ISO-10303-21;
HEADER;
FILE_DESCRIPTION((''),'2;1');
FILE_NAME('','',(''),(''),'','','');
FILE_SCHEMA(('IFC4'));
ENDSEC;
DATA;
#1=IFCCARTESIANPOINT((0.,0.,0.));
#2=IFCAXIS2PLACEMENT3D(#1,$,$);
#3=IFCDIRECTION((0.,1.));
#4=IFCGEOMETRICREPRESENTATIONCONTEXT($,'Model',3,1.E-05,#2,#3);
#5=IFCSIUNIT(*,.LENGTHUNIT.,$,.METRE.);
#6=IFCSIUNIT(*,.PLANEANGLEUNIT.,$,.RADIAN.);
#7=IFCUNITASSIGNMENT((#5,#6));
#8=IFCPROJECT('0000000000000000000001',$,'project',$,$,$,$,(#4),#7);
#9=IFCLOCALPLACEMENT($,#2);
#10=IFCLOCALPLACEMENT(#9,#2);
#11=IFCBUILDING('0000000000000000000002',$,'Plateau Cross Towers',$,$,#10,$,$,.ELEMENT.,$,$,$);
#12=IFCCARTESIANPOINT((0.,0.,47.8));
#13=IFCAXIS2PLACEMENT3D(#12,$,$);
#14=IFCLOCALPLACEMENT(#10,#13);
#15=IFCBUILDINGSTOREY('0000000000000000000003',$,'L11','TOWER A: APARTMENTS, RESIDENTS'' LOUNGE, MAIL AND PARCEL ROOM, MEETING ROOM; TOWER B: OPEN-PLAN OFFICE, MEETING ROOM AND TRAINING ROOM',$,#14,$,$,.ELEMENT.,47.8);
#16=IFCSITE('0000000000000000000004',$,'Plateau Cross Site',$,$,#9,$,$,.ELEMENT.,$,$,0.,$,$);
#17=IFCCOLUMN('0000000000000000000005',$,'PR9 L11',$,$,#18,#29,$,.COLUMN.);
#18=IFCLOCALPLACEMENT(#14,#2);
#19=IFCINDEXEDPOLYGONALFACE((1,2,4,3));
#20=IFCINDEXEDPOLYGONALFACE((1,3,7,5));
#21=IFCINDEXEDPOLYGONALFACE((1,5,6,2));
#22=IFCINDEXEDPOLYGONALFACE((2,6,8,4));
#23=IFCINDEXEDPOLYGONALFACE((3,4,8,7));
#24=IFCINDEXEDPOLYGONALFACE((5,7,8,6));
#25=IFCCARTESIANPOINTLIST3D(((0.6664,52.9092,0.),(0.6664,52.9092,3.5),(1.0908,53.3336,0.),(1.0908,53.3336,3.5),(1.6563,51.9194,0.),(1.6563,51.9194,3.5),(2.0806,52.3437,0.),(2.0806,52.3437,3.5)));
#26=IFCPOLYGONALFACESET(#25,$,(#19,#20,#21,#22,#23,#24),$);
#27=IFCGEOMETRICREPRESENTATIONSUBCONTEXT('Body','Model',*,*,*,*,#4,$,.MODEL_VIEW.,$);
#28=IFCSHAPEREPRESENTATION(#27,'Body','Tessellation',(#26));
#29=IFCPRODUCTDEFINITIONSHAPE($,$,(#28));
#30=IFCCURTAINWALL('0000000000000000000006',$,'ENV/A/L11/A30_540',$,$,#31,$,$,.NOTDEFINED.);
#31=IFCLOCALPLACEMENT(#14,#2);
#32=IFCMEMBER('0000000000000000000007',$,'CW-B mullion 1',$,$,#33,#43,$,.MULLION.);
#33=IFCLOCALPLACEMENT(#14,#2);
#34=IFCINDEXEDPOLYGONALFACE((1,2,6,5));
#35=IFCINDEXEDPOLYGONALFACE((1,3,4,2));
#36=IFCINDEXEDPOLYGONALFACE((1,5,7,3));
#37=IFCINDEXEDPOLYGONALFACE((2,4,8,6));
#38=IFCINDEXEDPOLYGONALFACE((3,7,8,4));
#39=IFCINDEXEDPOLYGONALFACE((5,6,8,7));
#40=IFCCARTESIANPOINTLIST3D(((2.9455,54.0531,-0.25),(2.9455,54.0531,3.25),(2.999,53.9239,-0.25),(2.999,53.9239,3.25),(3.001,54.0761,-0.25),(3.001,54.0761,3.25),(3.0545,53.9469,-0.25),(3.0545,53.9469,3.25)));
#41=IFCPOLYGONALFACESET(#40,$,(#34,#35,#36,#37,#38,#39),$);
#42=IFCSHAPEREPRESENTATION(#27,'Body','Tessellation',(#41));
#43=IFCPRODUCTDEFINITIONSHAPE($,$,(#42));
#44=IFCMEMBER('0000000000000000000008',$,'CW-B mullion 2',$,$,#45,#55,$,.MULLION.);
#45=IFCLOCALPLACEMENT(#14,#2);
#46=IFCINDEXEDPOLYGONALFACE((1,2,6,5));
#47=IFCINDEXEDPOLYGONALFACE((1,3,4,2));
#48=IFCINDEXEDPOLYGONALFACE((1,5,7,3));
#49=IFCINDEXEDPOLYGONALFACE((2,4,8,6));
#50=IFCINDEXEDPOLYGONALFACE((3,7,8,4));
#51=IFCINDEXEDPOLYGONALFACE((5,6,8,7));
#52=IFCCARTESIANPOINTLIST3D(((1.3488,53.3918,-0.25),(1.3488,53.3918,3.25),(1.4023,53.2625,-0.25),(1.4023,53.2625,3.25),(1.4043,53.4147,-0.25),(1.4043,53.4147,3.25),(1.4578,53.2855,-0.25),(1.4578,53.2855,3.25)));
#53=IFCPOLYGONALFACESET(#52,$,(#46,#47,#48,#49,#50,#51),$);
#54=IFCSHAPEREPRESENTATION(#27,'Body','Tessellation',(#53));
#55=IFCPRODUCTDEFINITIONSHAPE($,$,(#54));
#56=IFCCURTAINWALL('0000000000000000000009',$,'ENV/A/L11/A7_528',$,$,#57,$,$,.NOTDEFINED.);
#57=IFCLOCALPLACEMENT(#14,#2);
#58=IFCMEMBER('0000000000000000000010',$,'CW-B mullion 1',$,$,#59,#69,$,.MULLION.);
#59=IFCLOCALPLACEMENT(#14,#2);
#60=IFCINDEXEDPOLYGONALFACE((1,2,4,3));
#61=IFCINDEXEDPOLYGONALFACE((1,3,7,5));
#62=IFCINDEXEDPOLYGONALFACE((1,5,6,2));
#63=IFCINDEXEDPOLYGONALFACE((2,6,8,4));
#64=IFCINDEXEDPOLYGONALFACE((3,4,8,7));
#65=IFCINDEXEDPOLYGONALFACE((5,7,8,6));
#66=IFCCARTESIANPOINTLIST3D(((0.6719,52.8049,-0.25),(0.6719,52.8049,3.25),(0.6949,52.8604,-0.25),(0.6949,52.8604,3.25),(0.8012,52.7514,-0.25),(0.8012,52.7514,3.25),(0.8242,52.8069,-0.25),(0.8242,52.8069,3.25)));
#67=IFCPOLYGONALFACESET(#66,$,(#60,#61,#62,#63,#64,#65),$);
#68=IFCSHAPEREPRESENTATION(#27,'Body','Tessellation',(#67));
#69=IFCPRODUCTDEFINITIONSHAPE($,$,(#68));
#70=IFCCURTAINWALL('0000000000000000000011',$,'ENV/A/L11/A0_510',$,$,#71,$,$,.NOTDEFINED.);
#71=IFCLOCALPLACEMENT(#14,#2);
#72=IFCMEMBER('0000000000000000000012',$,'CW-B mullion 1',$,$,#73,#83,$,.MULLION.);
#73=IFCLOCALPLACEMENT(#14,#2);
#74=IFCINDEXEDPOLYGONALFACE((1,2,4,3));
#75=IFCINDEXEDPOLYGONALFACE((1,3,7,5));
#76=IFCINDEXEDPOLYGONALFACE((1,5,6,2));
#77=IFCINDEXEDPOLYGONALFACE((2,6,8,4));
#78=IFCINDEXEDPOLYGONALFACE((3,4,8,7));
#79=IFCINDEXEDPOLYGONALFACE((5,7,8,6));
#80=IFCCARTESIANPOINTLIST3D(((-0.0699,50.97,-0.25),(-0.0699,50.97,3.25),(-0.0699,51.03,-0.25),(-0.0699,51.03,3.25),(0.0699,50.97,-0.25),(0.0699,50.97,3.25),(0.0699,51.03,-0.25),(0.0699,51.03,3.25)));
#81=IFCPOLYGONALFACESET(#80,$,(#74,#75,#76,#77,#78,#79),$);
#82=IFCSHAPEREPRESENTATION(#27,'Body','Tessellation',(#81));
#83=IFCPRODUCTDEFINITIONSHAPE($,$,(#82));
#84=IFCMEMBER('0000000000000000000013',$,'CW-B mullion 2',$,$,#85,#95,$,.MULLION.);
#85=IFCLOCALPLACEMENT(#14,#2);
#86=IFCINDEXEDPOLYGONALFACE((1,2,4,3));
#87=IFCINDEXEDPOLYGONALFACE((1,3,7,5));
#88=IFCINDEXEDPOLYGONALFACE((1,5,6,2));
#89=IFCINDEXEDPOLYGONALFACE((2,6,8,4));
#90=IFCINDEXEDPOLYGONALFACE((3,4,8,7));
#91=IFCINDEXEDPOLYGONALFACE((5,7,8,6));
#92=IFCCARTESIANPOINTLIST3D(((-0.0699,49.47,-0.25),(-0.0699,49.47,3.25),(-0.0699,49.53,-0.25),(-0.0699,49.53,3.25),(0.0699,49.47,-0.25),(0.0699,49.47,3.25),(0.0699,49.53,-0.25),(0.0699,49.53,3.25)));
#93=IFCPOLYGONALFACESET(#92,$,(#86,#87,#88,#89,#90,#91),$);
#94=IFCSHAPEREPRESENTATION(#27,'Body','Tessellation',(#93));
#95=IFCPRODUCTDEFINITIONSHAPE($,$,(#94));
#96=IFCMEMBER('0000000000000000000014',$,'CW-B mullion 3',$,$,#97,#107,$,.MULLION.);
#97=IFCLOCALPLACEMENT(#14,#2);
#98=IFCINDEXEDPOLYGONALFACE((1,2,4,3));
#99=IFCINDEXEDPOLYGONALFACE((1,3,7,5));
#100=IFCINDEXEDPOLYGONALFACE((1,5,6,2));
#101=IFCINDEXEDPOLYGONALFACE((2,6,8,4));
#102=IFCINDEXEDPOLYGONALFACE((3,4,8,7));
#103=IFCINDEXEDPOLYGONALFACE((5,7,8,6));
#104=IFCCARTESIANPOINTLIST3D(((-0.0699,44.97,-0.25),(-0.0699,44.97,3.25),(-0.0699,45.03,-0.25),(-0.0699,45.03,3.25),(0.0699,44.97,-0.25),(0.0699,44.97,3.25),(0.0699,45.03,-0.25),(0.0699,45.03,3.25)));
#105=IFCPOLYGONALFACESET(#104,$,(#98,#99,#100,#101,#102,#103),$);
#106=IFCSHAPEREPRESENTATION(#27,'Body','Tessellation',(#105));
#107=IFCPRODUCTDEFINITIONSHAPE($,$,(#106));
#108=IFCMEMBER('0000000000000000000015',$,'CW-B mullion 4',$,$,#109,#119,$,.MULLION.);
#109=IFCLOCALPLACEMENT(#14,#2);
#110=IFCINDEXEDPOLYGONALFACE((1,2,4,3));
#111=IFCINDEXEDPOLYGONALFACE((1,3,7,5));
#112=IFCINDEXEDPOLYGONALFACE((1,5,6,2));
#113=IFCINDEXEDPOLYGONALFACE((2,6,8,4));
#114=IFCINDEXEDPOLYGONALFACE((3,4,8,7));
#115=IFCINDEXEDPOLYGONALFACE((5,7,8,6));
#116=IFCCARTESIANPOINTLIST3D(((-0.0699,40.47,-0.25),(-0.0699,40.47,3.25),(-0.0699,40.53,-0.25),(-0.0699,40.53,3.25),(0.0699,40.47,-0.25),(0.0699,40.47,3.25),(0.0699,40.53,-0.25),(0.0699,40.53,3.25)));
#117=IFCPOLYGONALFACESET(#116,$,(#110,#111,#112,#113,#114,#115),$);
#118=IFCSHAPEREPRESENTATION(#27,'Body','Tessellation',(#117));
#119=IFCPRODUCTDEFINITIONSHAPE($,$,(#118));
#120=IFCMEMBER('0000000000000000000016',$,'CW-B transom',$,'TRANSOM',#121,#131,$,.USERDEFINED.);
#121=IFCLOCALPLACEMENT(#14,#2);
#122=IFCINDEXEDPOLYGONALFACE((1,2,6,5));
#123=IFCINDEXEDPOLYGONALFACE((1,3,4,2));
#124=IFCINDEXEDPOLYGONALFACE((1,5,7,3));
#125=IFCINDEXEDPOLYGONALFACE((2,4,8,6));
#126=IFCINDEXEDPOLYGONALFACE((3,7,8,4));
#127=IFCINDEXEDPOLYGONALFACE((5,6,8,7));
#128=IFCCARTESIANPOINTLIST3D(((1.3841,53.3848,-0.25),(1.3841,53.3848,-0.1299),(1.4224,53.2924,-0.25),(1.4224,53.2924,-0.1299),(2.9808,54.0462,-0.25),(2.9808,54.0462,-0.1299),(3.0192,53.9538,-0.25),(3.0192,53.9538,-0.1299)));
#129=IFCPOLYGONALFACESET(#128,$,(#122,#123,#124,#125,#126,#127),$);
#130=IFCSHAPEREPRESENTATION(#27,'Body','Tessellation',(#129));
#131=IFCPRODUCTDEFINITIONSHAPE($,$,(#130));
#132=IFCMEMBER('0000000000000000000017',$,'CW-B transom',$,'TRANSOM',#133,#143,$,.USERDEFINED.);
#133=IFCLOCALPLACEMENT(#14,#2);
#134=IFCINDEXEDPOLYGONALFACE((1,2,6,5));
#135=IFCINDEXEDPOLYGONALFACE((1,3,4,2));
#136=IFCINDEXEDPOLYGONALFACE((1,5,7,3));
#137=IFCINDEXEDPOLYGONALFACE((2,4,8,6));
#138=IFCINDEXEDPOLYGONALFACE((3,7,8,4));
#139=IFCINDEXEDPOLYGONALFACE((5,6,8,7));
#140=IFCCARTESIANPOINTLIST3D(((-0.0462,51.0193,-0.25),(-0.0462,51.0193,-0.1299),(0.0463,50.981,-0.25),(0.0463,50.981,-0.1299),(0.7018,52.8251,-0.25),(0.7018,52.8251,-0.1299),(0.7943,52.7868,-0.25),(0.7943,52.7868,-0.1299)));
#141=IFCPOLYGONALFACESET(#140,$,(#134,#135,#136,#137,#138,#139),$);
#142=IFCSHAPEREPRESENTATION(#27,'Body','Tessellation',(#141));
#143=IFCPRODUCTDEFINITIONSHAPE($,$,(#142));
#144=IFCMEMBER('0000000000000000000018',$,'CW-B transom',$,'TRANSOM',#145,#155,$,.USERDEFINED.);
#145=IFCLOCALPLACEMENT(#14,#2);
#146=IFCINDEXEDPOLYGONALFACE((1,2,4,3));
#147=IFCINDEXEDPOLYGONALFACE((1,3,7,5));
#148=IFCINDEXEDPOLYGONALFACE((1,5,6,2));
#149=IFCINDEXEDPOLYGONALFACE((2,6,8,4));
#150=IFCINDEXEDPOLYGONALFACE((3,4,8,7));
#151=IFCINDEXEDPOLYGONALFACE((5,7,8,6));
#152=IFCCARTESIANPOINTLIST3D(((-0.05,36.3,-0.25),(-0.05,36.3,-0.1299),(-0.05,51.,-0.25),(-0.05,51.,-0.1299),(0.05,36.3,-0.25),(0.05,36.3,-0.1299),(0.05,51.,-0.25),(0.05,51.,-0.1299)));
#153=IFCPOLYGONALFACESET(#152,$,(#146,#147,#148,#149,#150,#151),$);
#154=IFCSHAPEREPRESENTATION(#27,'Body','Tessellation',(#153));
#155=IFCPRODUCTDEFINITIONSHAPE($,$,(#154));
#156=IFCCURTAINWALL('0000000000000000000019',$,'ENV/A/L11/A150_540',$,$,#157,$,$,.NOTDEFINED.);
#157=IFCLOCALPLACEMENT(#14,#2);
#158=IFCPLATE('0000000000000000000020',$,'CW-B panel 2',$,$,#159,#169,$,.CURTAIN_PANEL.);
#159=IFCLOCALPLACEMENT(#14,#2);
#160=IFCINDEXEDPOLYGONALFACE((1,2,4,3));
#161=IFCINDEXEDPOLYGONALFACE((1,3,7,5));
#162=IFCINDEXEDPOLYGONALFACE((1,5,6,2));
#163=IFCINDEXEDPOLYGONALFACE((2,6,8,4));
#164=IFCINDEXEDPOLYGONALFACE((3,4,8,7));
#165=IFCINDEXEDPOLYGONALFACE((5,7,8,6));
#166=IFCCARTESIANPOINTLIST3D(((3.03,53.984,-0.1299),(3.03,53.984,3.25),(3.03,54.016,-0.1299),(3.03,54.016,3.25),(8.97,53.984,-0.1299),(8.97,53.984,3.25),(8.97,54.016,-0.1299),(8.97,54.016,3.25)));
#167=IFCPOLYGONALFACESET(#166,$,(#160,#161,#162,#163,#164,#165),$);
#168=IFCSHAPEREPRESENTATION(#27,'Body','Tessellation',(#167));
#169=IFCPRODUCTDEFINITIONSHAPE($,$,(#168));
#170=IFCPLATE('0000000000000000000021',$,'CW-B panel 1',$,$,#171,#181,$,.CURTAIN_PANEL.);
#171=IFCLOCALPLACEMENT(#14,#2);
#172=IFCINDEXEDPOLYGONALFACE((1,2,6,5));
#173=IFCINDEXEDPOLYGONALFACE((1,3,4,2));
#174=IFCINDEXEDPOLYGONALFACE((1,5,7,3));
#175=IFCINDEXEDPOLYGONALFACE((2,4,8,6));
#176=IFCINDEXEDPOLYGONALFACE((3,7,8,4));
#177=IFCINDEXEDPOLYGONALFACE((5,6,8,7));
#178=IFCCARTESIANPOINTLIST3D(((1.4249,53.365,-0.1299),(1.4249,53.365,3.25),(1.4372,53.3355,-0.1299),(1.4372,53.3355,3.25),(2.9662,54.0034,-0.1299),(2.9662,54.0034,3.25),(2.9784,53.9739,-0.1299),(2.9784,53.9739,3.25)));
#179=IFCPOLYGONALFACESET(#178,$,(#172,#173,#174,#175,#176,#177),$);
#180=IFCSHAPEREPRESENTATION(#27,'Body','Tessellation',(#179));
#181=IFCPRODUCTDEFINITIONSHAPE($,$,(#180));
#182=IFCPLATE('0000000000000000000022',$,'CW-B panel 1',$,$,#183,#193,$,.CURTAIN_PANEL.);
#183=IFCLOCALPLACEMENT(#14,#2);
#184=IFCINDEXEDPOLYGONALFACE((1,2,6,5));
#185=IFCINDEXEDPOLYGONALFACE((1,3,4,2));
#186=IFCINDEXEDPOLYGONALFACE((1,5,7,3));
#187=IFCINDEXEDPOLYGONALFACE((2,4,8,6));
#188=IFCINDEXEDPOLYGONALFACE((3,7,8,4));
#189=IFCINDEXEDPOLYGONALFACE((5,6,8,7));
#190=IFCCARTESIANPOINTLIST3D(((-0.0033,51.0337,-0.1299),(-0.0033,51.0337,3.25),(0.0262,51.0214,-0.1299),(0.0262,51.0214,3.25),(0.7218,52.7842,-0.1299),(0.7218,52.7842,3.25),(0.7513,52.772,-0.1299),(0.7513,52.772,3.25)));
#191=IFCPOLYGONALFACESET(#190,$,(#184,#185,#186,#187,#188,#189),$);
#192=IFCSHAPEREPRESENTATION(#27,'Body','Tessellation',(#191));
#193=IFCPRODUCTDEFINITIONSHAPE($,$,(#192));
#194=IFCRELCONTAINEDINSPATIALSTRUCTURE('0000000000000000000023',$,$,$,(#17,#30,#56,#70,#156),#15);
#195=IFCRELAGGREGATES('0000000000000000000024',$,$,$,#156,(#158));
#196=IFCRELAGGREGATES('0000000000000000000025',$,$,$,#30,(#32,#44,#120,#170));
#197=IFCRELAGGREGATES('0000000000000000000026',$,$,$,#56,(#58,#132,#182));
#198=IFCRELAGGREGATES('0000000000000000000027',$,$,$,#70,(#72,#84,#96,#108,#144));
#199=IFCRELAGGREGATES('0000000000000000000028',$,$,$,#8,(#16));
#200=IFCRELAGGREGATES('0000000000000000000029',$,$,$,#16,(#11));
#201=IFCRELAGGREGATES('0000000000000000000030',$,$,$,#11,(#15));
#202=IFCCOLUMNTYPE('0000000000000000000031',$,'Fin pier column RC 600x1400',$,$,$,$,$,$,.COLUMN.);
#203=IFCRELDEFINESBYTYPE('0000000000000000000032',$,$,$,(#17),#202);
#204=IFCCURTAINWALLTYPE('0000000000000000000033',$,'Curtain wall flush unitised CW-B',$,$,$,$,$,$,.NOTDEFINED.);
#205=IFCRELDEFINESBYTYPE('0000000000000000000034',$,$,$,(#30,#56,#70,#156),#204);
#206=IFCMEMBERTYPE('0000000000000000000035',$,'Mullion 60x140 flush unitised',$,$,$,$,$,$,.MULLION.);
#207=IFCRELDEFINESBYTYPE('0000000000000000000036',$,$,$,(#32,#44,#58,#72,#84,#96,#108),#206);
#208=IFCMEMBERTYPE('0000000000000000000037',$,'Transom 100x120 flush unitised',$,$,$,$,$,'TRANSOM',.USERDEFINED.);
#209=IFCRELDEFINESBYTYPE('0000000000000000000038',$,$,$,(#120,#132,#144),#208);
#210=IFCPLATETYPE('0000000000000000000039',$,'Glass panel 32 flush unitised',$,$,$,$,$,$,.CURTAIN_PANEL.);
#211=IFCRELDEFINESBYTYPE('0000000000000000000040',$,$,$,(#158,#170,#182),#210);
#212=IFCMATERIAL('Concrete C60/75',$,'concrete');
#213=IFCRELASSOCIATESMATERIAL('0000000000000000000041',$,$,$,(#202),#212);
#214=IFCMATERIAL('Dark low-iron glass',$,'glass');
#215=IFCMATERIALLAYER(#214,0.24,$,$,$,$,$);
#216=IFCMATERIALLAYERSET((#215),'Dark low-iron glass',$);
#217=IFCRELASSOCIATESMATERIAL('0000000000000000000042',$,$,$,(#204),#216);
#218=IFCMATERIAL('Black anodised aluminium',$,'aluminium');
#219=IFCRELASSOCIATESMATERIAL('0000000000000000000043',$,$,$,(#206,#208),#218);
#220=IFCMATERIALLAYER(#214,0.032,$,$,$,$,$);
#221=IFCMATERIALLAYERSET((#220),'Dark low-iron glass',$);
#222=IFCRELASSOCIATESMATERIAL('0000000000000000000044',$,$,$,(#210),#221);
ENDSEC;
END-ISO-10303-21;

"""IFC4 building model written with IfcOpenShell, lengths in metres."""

from ifc_helpers import new_model, si_unit, direction, frame, origin, origin_2d, place, context, subcontext, project, spatial, rectangle, extrude, material, layer, layer_set, material_profile, profile_set, type_object, element, aggregate, save


model = new_model("IFC4")

# Units and contexts
model_context = context("Model", 3, precision=1e-05, world=origin(), true_north=direction((0.0, 1.0)))
body_context = subcontext(model_context, "Body", "Model", "MODEL_VIEW")
ifc_project = project(units=[si_unit("LENGTHUNIT", "METRE"), si_unit("PLANEANGLEUNIT", "RADIAN")], contexts=[model_context])

# Site, building, storey
site_placement = place(None, origin())
site = spatial("IfcSite", under=ifc_project, at=site_placement, Name="Plateau Cross Site", CompositionType="ELEMENT", RefElevation=0.0)
building_placement = place(site_placement, origin())
building = spatial("IfcBuilding", under=site, at=building_placement, Name="Plateau Cross Towers", CompositionType="ELEMENT")
storey_placement = place(building_placement, frame((0.0, 0.0, 47.8)))
storey = spatial("IfcBuildingStorey", under=building, at=storey_placement, Name="L11", Description="TOWER A: APARTMENTS, RESIDENTS' LOUNGE, MAIL AND PARCEL ROOM, MEETING ROOM; TOWER B: OPEN-PLAN OFFICE, MEETING ROOM AND TRAINING ROOM", CompositionType="ELEMENT", Elevation=47.8)

# Column
ifc_material_1 = material(Name="Concrete C60/75", Category="concrete")
ifc_material_profile_1 = material_profile(ifc_material_1, rectangle(XDim=0.6001, YDim=1.3999, at=origin_2d()), Name="RC 600x1400")
ifc_profile_set_1 = profile_set([ifc_material_profile_1], Name="Concrete C60/75")
column_type = type_object("IfcColumnType", Name="Fin pier column RC 600x1400", PredefinedType="COLUMN", material=ifc_profile_set_1)
column_placement = place(storey_placement, frame((1.3735, 52.6265, 0.0), z_axis=(0.0, 0.0, 1.0), x_axis=(0.707107, 0.707107, 0.0)))
element("IfcColumn", 1, at=column_placement, inside=storey, type_object=column_type, Name="PR9 L11", PredefinedType="COLUMN", context=body_context, shape_type="SweptSolid", body=[
    extrude(rectangle(XDim=0.6001, YDim=1.3999, at=origin_2d()), origin(), (0.0, 0.0, 1.0), 3.5),
])

# Curtain wall, members
ifc_material_2 = material(Name="Dark low-iron glass", Category="glass")
ifc_layer_1 = layer(ifc_material_2, 0.24)
ifc_layer_set_1 = layer_set([ifc_layer_1], Name="Dark low-iron glass")
curtain_wall_type = type_object("IfcCurtainWallType", Name="Curtain wall flush unitised CW-B", PredefinedType="NOTDEFINED", material=ifc_layer_set_1)
curtain_wall_1_placement = place(storey_placement, origin())
curtain_wall_1 = element("IfcCurtainWall", 2, at=curtain_wall_1_placement, inside=storey, type_object=curtain_wall_type, Name="ENV/A/L11/A30_540", PredefinedType="NOTDEFINED")
ifc_material_3 = material(Name="Black anodised aluminium", Category="aluminium")
ifc_material_profile_2 = material_profile(ifc_material_3, rectangle(XDim=0.0601, YDim=0.1399, at=origin_2d()), Name="MULLION 60x140")
ifc_profile_set_2 = profile_set([ifc_material_profile_2], Name="Black anodised aluminium")
member_type_1 = type_object("IfcMemberType", Name="Mullion 60x140 flush unitised", PredefinedType="MULLION", material=ifc_profile_set_2)
member_1_placement = place(storey_placement, frame((3.0, 54.0, -0.25), z_axis=(0.0, 0.0, 1.0), x_axis=(-0.923879, -0.382684, 0.0)))
member_1 = element("IfcMember", 3, at=member_1_placement, type_object=member_type_1, Name="CW-B mullion 1", PredefinedType="MULLION", context=body_context, shape_type="SweptSolid", body=[
    extrude(rectangle(XDim=0.0601, YDim=0.1399, at=origin_2d()), origin(), (0.0, 0.0, 1.0), 3.5),
])
member_2_placement = place(storey_placement, frame((1.4033, 53.3386, -0.25), z_axis=(0.0, 0.0, 1.0), x_axis=(-0.923879, -0.382684, 0.0)))
member_2 = element("IfcMember", 4, at=member_2_placement, type_object=member_type_1, Name="CW-B mullion 2", PredefinedType="MULLION", context=body_context, shape_type="SweptSolid", body=[
    extrude(rectangle(XDim=0.0601, YDim=0.1399, at=origin_2d()), origin(), (0.0, 0.0, 1.0), 3.5),
])

# Curtain wall, member
curtain_wall_2_placement = place(storey_placement, origin())
curtain_wall_2 = element("IfcCurtainWall", 5, at=curtain_wall_2_placement, inside=storey, type_object=curtain_wall_type, Name="ENV/A/L11/A7_528", PredefinedType="NOTDEFINED")
member_3_placement = place(storey_placement, frame((0.748, 52.8059, -0.25), z_axis=(0.0, 0.0, 1.0), x_axis=(-0.382684, -0.923879, 0.0)))
member_3 = element("IfcMember", 6, at=member_3_placement, type_object=member_type_1, Name="CW-B mullion 1", PredefinedType="MULLION", context=body_context, shape_type="SweptSolid", body=[
    extrude(rectangle(XDim=0.0601, YDim=0.1399, at=origin_2d()), origin(), (0.0, 0.0, 1.0), 3.5),
])

# Curtain wall, members
curtain_wall_3_placement = place(storey_placement, origin())
curtain_wall_3 = element("IfcCurtainWall", 7, at=curtain_wall_3_placement, inside=storey, type_object=curtain_wall_type, Name="ENV/A/L11/A0_510", PredefinedType="NOTDEFINED")
member_4_placement = place(storey_placement, frame((0.0, 51.0, -0.25), z_axis=(0.0, 0.0, 1.0), x_axis=(0.0, -1.0, 0.0)))
member_4 = element("IfcMember", 8, at=member_4_placement, type_object=member_type_1, Name="CW-B mullion 1", PredefinedType="MULLION", context=body_context, shape_type="SweptSolid", body=[
    extrude(rectangle(XDim=0.0601, YDim=0.1399, at=origin_2d()), origin(), (0.0, 0.0, 1.0), 3.5),
])
member_5_placement = place(storey_placement, frame((0.0, 49.5, -0.25), z_axis=(0.0, 0.0, 1.0), x_axis=(0.0, -1.0, 0.0)))
member_5 = element("IfcMember", 9, at=member_5_placement, type_object=member_type_1, Name="CW-B mullion 2", PredefinedType="MULLION", context=body_context, shape_type="SweptSolid", body=[
    extrude(rectangle(XDim=0.0601, YDim=0.1399, at=origin_2d()), origin(), (0.0, 0.0, 1.0), 3.5),
])
member_6_placement = place(storey_placement, frame((0.0, 45.0, -0.25), z_axis=(0.0, 0.0, 1.0), x_axis=(0.0, -1.0, 0.0)))
member_6 = element("IfcMember", 10, at=member_6_placement, type_object=member_type_1, Name="CW-B mullion 3", PredefinedType="MULLION", context=body_context, shape_type="SweptSolid", body=[
    extrude(rectangle(XDim=0.0601, YDim=0.1399, at=origin_2d()), origin(), (0.0, 0.0, 1.0), 3.5),
])
member_7_placement = place(storey_placement, frame((0.0, 40.5, -0.25), z_axis=(0.0, 0.0, 1.0), x_axis=(0.0, -1.0, 0.0)))
member_7 = element("IfcMember", 11, at=member_7_placement, type_object=member_type_1, Name="CW-B mullion 4", PredefinedType="MULLION", context=body_context, shape_type="SweptSolid", body=[
    extrude(rectangle(XDim=0.0601, YDim=0.1399, at=origin_2d()), origin(), (0.0, 0.0, 1.0), 3.5),
])

# Members
ifc_material_profile_3 = material_profile(ifc_material_3, rectangle(XDim=0.1001, YDim=0.1201, at=origin_2d()), Name="TRANSOM 100x120")
ifc_profile_set_3 = profile_set([ifc_material_profile_3], Name="Black anodised aluminium")
member_type_2 = type_object("IfcMemberType", Name="Transom 100x120 flush unitised", ElementType="TRANSOM", PredefinedType="USERDEFINED", material=ifc_profile_set_3)
member_8_placement = place(storey_placement, frame((3.0, 54.0, -0.1899), z_axis=(-0.923877, -0.382689, 0.0), x_axis=(0.382689, -0.923877, 0.0)))
member_8 = element("IfcMember", 12, at=member_8_placement, type_object=member_type_2, Name="CW-B transom", ObjectType="TRANSOM", PredefinedType="USERDEFINED", context=body_context, shape_type="SweptSolid", body=[
    extrude(rectangle(XDim=0.1001, YDim=0.1201, at=origin_2d()), origin(), (0.0, 0.0, 1.0), 1.7283),
])
member_9_placement = place(storey_placement, frame((0.748, 52.8059, -0.1899), z_axis=(-0.38269, -0.923877, 0.0), x_axis=(0.923877, -0.38269, 0.0)))
member_9 = element("IfcMember", 13, at=member_9_placement, type_object=member_type_2, Name="CW-B transom", ObjectType="TRANSOM", PredefinedType="USERDEFINED", context=body_context, shape_type="SweptSolid", body=[
    extrude(rectangle(XDim=0.1001, YDim=0.1201, at=origin_2d()), origin(), (0.0, 0.0, 1.0), 1.9546),
])
member_10_placement = place(storey_placement, frame((0.0, 51.0, -0.1899), z_axis=(0.0, -1.0, 0.0), x_axis=(1.0, 0.0, 0.0)))
member_10 = element("IfcMember", 14, at=member_10_placement, type_object=member_type_2, Name="CW-B transom", ObjectType="TRANSOM", PredefinedType="USERDEFINED", context=body_context, shape_type="SweptSolid", body=[
    extrude(rectangle(XDim=0.1001, YDim=0.1201, at=origin_2d()), origin(), (0.0, 0.0, 1.0), 14.7),
])

# Curtain wall, plate
curtain_wall_4_placement = place(storey_placement, origin())
curtain_wall_4 = element("IfcCurtainWall", 15, at=curtain_wall_4_placement, inside=storey, type_object=curtain_wall_type, Name="ENV/A/L11/A150_540", PredefinedType="NOTDEFINED")
ifc_layer_2 = layer(ifc_material_2, 0.032)
ifc_layer_set_2 = layer_set([ifc_layer_2], Name="Dark low-iron glass")
plate_type = type_object("IfcPlateType", Name="Glass panel 32 flush unitised", PredefinedType="CURTAIN_PANEL", material=ifc_layer_set_2)
plate_1_placement = place(storey_placement, frame((6.0, 54.0, -0.1299), z_axis=(0.0, 0.0, 1.0), x_axis=(-1.0, 0.0, 0.0)))
plate_1 = element("IfcPlate", 16, at=plate_1_placement, type_object=plate_type, Name="CW-B panel 2", PredefinedType="CURTAIN_PANEL", context=body_context, shape_type="SweptSolid", body=[
    extrude(rectangle(XDim=5.9399, YDim=0.032, at=origin_2d()), origin(), (0.0, 0.0, 1.0), 3.3799),
])
aggregate(curtain_wall_4, [plate_1])

# Plates
plate_2_placement = place(storey_placement, frame((2.2017, 53.6694, -0.1299), z_axis=(0.0, 0.0, 1.0), x_axis=(-0.923879, -0.382684, 0.0)))
plate_2 = element("IfcPlate", 17, at=plate_2_placement, type_object=plate_type, Name="CW-B panel 1", PredefinedType="CURTAIN_PANEL", context=body_context, shape_type="SweptSolid", body=[
    extrude(rectangle(XDim=1.6682, YDim=0.032, at=origin_2d()), origin(), (0.0, 0.0, 1.0), 3.3799),
])
aggregate(curtain_wall_1, [member_1, member_2, member_8, plate_2])
plate_3_placement = place(storey_placement, frame((0.374, 51.9028, -0.1299), z_axis=(0.0, 0.0, 1.0), x_axis=(-0.382684, -0.923879, 0.0)))
plate_3 = element("IfcPlate", 18, at=plate_3_placement, type_object=plate_type, Name="CW-B panel 1", PredefinedType="CURTAIN_PANEL", context=body_context, shape_type="SweptSolid", body=[
    extrude(rectangle(XDim=1.8948, YDim=0.032, at=origin_2d()), origin(), (0.0, 0.0, 1.0), 3.3799),
])
aggregate(curtain_wall_2, [member_3, member_9, plate_3])
aggregate(curtain_wall_3, [member_4, member_5, member_6, member_7, member_10])

save(model, "model.ifc")
